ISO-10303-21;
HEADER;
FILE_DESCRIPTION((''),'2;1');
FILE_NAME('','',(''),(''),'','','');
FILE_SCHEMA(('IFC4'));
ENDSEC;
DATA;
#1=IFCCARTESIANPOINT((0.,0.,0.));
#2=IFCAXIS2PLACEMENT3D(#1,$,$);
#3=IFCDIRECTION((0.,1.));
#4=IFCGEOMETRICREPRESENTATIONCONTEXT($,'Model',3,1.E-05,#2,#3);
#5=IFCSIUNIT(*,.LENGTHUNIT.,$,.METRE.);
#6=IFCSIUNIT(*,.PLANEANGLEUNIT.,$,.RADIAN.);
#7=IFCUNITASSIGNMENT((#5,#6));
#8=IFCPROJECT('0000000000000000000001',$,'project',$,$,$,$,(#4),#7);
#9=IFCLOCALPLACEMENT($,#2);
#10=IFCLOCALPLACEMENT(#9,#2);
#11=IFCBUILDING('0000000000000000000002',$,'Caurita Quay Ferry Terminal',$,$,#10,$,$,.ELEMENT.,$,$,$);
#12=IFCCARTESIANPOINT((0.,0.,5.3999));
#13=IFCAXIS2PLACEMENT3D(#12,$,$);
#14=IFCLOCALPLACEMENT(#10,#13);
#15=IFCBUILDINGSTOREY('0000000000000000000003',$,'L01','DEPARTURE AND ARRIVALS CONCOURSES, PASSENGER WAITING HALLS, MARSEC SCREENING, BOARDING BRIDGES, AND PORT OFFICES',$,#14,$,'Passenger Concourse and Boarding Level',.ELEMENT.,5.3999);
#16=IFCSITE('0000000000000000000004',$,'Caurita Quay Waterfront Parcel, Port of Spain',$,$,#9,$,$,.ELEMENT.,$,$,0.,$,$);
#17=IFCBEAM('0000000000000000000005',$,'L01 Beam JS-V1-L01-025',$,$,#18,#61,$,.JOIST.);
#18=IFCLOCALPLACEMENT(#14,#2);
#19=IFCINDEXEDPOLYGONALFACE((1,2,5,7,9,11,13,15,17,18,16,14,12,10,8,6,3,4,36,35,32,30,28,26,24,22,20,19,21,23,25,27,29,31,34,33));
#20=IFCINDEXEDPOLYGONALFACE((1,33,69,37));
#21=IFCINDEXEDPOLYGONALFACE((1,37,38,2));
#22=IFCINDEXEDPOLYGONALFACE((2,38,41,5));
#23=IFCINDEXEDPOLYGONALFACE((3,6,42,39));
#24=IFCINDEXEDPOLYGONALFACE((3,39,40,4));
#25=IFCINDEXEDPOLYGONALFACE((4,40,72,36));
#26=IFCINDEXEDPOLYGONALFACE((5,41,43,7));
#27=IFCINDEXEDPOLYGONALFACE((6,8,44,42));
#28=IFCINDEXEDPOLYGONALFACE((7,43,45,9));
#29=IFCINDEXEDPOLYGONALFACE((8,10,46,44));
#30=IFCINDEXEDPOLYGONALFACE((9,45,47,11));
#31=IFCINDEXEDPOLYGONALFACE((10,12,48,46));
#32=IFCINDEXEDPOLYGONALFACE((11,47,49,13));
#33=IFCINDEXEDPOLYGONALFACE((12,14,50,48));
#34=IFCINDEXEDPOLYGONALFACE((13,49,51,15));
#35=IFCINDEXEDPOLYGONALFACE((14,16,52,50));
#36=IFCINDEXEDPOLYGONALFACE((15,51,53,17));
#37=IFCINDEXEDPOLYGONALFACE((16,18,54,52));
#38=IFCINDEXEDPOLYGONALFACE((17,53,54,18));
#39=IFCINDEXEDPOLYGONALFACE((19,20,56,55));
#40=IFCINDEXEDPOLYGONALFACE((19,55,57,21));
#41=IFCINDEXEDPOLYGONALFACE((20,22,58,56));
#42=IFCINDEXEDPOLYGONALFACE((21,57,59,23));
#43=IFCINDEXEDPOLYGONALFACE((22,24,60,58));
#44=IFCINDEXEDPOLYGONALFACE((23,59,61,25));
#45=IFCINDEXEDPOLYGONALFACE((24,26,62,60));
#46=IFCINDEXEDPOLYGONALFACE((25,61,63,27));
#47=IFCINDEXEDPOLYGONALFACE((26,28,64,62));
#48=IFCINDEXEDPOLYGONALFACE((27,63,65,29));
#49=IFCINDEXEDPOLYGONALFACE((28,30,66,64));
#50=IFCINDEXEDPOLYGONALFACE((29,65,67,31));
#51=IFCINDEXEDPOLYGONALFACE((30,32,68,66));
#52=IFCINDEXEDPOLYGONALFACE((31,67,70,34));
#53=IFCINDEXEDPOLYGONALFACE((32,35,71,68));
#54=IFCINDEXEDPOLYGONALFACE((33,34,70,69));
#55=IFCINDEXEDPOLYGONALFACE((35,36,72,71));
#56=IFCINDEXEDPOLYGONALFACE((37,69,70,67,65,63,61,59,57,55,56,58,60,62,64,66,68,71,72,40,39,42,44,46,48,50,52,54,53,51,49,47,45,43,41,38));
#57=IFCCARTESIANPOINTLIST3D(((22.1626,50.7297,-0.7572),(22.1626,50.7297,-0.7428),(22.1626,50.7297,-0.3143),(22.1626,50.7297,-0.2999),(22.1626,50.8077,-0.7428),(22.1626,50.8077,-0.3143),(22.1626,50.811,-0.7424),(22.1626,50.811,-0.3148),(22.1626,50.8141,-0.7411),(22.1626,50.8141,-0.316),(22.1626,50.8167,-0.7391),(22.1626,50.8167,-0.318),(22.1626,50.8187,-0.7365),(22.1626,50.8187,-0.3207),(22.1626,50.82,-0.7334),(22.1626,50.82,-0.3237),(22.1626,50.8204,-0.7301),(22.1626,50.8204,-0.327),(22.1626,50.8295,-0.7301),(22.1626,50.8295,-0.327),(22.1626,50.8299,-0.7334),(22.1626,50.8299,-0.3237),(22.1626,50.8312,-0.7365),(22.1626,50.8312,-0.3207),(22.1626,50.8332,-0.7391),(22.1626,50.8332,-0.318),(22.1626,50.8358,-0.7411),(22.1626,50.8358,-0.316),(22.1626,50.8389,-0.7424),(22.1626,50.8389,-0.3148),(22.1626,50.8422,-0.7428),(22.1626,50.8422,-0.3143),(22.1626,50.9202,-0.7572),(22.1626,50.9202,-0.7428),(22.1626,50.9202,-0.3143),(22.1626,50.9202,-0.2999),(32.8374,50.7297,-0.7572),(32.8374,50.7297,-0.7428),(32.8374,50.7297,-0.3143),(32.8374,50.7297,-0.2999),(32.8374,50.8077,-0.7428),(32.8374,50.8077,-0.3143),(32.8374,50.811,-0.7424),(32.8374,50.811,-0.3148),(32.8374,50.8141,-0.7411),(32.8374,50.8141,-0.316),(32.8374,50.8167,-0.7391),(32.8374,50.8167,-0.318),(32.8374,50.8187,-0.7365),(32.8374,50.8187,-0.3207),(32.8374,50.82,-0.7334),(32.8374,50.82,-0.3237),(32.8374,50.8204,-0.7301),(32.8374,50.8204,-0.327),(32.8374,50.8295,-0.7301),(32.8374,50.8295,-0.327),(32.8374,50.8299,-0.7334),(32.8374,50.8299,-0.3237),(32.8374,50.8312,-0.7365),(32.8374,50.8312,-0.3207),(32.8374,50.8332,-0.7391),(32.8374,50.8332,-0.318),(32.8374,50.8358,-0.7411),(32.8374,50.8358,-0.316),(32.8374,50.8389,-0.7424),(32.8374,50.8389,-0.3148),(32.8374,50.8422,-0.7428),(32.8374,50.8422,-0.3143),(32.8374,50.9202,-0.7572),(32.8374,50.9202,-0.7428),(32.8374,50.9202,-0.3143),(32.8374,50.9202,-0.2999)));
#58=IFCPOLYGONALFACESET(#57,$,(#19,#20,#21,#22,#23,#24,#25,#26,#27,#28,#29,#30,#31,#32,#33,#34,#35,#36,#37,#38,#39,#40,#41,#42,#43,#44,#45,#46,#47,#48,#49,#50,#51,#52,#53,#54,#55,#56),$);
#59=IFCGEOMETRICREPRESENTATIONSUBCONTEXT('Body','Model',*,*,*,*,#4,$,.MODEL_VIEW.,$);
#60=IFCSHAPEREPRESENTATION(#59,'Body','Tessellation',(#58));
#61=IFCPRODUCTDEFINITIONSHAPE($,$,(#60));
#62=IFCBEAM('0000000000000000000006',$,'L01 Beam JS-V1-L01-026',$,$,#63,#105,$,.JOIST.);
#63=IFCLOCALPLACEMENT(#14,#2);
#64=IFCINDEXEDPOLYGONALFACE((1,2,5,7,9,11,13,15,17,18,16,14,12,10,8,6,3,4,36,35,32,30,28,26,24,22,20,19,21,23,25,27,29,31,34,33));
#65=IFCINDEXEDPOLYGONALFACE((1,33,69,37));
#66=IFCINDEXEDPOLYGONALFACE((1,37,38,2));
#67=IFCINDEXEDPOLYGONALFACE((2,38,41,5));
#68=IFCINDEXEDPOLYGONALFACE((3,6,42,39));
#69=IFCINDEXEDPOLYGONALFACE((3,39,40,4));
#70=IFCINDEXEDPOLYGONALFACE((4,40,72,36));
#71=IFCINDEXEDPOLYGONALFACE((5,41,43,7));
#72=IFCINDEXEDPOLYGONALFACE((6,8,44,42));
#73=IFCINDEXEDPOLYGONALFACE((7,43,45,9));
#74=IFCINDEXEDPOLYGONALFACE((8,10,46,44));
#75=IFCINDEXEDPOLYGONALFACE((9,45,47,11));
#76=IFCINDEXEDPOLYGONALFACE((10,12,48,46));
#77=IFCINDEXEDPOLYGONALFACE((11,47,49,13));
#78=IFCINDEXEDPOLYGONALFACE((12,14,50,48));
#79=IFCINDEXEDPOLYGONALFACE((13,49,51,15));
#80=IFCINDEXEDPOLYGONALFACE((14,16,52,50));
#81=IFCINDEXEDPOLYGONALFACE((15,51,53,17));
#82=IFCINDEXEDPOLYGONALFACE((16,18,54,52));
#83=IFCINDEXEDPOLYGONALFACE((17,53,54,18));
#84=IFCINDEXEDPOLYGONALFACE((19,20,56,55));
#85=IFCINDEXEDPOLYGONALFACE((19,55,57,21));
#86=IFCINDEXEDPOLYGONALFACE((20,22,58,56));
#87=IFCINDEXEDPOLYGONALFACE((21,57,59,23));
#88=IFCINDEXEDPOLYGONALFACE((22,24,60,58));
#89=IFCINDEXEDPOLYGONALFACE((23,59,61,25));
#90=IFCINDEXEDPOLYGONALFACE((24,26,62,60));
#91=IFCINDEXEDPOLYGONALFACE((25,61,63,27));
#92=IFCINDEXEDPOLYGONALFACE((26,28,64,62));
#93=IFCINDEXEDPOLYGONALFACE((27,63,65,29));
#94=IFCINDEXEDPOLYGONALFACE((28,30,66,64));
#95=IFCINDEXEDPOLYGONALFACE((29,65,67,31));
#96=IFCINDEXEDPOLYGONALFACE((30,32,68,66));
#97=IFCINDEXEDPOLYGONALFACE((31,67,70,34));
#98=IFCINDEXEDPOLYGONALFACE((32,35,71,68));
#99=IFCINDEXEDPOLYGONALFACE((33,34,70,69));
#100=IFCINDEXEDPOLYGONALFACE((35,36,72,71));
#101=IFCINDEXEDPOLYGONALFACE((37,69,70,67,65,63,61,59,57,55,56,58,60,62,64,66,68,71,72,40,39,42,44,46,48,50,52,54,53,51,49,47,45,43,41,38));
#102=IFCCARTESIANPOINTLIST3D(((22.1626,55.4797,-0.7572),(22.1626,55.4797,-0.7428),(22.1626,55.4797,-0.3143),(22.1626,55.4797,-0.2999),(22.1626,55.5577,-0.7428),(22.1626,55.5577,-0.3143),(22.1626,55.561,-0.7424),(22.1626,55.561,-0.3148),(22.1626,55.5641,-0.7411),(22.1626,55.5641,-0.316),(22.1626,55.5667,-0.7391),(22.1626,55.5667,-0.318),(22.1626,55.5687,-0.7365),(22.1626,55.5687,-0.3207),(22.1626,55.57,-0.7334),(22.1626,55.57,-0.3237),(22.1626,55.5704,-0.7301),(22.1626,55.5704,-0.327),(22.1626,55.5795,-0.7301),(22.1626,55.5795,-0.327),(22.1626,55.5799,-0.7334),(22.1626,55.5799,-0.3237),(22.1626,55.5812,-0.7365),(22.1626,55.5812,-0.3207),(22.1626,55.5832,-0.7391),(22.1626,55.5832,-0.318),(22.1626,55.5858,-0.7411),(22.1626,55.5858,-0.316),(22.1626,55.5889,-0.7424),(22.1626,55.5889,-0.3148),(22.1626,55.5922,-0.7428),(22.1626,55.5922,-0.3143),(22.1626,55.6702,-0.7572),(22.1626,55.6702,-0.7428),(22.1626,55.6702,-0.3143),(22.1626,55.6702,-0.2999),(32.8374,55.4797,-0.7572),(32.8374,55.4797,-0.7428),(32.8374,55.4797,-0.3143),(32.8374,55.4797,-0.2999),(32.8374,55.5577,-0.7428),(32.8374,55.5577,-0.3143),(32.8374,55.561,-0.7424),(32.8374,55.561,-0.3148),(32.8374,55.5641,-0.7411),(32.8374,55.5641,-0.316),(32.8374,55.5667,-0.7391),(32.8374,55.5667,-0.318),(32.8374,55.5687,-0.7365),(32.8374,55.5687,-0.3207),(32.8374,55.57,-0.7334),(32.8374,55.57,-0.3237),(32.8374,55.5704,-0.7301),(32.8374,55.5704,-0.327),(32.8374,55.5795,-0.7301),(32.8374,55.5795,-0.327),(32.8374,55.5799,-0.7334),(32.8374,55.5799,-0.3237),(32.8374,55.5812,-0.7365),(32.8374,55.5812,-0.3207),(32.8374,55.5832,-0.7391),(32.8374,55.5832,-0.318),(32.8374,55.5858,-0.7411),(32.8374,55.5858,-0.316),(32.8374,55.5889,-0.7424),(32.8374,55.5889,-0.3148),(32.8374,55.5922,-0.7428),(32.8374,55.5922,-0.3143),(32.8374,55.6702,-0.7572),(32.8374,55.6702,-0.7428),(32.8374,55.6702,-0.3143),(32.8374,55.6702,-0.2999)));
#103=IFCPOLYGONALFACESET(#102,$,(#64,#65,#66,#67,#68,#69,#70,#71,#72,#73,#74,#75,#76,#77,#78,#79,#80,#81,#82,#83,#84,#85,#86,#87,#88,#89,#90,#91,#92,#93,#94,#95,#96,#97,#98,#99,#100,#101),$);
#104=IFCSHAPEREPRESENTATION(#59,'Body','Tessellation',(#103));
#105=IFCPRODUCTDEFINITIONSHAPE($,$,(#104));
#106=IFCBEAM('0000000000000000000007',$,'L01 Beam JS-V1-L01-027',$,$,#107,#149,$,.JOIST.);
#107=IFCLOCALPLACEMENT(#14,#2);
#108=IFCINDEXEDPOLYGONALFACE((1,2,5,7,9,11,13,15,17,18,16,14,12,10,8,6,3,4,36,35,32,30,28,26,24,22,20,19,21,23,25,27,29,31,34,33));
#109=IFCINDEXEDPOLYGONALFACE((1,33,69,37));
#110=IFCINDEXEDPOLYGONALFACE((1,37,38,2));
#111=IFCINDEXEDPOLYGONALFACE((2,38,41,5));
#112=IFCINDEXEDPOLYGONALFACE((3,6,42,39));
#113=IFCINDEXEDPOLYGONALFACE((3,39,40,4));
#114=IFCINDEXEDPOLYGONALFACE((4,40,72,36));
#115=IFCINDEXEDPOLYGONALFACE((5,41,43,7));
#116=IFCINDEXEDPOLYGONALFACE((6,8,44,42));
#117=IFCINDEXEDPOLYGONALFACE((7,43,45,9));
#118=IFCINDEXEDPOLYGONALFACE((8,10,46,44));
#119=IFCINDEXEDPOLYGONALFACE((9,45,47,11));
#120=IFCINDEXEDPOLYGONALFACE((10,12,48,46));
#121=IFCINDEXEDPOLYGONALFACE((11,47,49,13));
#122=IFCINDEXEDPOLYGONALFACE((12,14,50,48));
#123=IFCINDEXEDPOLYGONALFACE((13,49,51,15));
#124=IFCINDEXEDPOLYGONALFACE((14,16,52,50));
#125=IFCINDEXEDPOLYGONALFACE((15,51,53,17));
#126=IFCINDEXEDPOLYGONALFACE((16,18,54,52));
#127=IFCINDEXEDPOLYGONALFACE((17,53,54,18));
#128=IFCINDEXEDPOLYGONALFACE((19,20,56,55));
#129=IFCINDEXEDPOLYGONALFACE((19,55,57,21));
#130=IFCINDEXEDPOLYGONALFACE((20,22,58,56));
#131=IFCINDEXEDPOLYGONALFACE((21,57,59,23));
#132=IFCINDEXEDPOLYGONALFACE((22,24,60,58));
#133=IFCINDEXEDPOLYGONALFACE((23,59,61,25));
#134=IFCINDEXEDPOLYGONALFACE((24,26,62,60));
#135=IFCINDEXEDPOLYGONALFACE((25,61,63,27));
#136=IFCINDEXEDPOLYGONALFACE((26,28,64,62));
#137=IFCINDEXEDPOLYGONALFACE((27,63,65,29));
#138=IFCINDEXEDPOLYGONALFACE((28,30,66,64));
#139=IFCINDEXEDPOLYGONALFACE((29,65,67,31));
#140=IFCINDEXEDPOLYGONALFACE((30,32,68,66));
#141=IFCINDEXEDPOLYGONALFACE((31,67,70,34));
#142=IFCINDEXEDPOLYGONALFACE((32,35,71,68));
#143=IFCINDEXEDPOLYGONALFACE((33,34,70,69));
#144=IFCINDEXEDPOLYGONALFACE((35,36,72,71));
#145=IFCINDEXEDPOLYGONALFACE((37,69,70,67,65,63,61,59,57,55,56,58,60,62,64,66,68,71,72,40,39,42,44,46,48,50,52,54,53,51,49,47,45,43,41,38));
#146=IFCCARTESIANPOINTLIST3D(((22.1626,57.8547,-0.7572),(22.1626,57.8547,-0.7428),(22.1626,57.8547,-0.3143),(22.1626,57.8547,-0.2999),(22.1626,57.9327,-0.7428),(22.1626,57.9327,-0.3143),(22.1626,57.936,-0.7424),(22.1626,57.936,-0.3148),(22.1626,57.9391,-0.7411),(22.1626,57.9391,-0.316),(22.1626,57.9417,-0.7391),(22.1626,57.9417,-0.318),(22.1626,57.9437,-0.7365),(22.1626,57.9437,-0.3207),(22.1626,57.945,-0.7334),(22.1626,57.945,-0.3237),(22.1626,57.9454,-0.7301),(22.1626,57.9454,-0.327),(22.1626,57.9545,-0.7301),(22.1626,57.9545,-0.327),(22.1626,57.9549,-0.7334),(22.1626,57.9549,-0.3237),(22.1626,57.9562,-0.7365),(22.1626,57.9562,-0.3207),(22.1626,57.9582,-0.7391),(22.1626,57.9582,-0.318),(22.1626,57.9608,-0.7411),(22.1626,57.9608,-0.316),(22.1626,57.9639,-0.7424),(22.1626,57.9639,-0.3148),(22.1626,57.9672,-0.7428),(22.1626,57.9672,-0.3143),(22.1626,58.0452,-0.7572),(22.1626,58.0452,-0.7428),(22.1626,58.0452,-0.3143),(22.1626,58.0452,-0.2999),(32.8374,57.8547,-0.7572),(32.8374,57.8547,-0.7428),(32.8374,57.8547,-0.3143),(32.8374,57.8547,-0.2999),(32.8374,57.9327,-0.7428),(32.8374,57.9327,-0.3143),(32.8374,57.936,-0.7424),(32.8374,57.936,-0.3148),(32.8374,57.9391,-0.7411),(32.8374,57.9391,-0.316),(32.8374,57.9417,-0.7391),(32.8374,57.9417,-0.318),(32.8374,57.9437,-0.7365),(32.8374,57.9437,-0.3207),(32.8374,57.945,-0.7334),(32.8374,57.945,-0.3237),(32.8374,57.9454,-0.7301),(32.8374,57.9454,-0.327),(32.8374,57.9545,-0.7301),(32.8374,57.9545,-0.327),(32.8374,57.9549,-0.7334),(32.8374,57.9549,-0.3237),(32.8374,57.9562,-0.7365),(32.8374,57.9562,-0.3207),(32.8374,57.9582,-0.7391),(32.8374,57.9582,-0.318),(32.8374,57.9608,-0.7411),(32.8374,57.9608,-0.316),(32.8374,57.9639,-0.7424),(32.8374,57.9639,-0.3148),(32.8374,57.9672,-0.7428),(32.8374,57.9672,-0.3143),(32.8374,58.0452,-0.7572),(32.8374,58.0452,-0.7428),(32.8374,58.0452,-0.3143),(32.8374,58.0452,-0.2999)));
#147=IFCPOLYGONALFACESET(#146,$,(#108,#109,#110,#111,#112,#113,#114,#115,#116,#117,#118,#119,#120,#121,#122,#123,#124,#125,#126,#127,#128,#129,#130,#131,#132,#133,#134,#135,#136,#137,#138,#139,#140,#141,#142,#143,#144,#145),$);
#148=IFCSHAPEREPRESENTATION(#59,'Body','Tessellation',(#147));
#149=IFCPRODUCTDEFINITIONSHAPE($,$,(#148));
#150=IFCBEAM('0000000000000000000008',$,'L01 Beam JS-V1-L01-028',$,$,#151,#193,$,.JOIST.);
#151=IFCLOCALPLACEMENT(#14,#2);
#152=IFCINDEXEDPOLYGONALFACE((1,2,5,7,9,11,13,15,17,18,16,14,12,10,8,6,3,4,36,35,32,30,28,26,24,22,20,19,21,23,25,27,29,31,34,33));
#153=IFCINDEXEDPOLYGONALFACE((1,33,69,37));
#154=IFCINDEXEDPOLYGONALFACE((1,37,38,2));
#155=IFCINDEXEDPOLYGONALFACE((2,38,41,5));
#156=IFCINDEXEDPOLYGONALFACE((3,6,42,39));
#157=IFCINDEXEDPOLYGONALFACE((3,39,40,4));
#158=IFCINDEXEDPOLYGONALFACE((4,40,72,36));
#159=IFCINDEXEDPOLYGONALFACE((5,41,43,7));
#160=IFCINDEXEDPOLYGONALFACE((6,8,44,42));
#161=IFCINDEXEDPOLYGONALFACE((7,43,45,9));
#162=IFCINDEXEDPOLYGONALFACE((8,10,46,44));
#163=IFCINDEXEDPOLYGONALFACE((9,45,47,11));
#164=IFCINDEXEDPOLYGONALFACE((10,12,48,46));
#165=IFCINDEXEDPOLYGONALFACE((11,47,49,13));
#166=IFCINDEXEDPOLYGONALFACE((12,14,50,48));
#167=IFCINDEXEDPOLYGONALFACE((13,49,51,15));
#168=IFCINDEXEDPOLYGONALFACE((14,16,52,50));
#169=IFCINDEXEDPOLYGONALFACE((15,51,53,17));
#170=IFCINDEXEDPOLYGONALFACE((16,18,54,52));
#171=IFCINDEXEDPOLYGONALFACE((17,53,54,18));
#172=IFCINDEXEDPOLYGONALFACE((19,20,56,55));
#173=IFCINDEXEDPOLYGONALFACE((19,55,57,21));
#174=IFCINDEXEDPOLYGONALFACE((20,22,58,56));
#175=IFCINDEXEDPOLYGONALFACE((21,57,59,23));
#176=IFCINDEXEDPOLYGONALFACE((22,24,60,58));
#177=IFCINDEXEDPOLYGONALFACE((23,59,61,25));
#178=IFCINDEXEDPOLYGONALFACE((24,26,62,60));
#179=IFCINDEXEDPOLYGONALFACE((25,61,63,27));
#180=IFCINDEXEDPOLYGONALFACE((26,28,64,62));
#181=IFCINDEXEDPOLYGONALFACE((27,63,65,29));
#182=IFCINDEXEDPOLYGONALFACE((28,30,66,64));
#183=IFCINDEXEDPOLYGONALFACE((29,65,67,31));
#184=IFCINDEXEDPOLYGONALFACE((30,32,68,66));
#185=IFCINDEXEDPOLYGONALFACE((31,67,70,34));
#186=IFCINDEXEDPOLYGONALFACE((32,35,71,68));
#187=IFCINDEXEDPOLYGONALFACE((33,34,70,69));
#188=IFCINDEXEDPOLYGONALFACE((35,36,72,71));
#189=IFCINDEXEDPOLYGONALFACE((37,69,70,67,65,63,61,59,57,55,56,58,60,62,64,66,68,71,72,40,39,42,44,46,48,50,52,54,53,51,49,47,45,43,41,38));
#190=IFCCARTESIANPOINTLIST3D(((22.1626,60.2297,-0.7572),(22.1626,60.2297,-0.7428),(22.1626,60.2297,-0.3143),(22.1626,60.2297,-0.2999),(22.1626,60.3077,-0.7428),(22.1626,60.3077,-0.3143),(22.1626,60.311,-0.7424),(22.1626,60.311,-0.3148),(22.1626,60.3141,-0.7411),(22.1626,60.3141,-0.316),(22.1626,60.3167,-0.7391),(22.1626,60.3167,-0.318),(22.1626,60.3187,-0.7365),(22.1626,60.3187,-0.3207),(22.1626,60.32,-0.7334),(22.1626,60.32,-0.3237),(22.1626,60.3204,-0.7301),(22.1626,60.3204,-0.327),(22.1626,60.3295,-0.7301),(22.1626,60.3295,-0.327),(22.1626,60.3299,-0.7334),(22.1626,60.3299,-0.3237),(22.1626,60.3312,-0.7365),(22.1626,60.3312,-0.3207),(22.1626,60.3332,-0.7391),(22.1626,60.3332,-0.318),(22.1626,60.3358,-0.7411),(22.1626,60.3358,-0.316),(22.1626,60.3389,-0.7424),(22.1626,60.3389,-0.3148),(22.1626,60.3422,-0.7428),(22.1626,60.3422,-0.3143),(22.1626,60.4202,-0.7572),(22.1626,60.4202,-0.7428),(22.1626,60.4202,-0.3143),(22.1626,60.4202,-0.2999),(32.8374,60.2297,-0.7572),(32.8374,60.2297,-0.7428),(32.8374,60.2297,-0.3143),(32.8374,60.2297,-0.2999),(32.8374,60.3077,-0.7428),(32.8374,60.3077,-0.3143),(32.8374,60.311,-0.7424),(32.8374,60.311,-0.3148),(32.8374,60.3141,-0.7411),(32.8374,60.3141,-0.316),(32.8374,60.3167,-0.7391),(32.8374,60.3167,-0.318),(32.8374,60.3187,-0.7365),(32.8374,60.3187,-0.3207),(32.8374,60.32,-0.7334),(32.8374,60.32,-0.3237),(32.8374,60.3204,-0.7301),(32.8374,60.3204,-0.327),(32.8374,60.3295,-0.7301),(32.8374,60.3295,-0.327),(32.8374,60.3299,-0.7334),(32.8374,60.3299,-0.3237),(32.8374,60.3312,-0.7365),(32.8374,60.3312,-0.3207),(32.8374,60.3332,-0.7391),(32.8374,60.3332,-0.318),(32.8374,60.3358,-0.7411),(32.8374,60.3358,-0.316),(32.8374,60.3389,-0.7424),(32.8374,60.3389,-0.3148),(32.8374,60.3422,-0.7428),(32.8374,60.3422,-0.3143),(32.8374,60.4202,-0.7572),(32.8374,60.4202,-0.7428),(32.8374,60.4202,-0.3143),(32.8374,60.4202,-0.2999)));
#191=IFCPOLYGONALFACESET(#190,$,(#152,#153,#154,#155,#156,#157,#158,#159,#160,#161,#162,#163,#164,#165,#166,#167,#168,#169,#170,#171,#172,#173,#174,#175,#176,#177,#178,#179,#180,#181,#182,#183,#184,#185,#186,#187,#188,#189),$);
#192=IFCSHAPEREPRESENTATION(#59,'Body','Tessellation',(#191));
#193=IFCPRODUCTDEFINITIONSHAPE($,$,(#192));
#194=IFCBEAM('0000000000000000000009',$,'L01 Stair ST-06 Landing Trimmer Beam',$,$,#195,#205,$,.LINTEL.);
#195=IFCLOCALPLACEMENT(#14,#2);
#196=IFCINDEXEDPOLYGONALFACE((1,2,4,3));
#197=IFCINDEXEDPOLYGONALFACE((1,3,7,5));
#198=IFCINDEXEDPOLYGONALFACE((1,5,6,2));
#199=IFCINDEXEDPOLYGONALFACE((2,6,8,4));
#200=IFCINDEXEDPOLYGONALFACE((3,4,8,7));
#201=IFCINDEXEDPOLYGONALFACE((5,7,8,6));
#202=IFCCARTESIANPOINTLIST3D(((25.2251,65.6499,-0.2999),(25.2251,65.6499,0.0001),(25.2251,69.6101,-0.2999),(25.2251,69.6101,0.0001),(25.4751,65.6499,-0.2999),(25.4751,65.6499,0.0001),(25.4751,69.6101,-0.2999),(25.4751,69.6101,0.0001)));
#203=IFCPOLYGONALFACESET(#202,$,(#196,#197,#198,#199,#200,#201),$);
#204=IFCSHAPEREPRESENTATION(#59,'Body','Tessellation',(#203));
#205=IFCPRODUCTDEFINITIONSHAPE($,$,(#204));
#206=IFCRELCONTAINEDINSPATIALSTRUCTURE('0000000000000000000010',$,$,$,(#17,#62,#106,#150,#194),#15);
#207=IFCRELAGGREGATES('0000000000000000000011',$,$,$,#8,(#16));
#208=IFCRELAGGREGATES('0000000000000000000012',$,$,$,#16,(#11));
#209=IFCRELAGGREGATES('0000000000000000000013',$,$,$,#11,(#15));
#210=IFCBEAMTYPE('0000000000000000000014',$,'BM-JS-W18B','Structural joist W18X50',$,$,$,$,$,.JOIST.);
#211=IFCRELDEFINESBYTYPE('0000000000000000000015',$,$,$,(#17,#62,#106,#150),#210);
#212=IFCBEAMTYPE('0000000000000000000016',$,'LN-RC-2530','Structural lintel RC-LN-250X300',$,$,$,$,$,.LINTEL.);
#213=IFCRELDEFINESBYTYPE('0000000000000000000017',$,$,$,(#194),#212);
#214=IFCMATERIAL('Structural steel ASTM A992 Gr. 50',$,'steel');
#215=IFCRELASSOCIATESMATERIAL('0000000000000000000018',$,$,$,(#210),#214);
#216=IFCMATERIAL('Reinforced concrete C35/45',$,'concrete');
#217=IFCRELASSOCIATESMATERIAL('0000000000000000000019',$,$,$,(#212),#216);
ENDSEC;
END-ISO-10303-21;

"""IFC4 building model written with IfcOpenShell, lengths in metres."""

from ifc_helpers import new_model, si_unit, direction, frame, origin, origin_2d, place, context, subcontext, project, spatial, rectangle, i_section, extrude, material, material_profile, profile_set, type_object, element, save


model = new_model("IFC4")

# Units and contexts
model_context = context("Model", 3, precision=1e-05, world=origin(), true_north=direction((0.0, 1.0)))
body_context = subcontext(model_context, "Body", "Model", "MODEL_VIEW")
ifc_project = project(units=[si_unit("LENGTHUNIT", "METRE"), si_unit("PLANEANGLEUNIT", "RADIAN")], contexts=[model_context])

# Site, building, storey
site_placement = place(None, origin())
site = spatial("IfcSite", under=ifc_project, at=site_placement, Name="Caurita Quay Waterfront Parcel, Port of Spain", CompositionType="ELEMENT", RefElevation=0.0)
building_placement = place(site_placement, origin())
building = spatial("IfcBuilding", under=site, at=building_placement, Name="Caurita Quay Ferry Terminal", CompositionType="ELEMENT")
storey_placement = place(building_placement, frame((0.0, 0.0, 5.3999)))
storey = spatial("IfcBuildingStorey", under=building, at=storey_placement, Name="L01", Description="DEPARTURE AND ARRIVALS CONCOURSES, PASSENGER WAITING HALLS, MARSEC SCREENING, BOARDING BRIDGES, AND PORT OFFICES", LongName="Passenger Concourse and Boarding Level", CompositionType="ELEMENT", Elevation=5.3999)

# Beams
ifc_material_1 = material(Name="Structural steel ASTM A992 Gr. 50", Category="steel")
ifc_material_profile_1 = material_profile(ifc_material_1, i_section(OverallWidth=0.1904, OverallDepth=0.4573, WebThickness=0.009, FlangeThickness=0.0144, FilletRadius=0.0127, at=origin_2d()), Name="W18X50")
ifc_profile_set_1 = profile_set([ifc_material_profile_1], Name="Structural steel ASTM A992 Gr. 50")
beam_type_1 = type_object("IfcBeamType", Name="BM-JS-W18B", Description="Structural joist W18X50", PredefinedType="JOIST", material=ifc_profile_set_1)
for number, where, z_axis, x_axis, name in (
    (1, (22.1626, 50.825, -0.5286), (1.0, 0.0, 0.0), (0.0, 1.0, 0.0), "L01 Beam JS-V1-L01-025"),
    (2, (22.1626, 55.575, -0.5286), (1.0, 0.0, 0.0), (0.0, 1.0, 0.0), "L01 Beam JS-V1-L01-026"),
    (3, (22.1626, 57.95, -0.5286), (1.0, 0.0, 0.0), (0.0, 1.0, 0.0), "L01 Beam JS-V1-L01-027"),
    (4, (22.1626, 60.325, -0.5286), (1.0, 0.0, 0.0), (0.0, 1.0, 0.0), "L01 Beam JS-V1-L01-028"),
):
    element("IfcBeam", number, at=place(storey_placement, frame(where, z_axis=z_axis, x_axis=x_axis)), inside=storey, type_object=beam_type_1, Name=name, PredefinedType="JOIST", context=body_context, shape_type="SweptSolid", body=[
        extrude(i_section(OverallWidth=0.1904, OverallDepth=0.4573, WebThickness=0.009, FlangeThickness=0.0144, FilletRadius=0.0127, at=origin_2d()), origin(), (0.0, 0.0, 1.0), 10.6748),
    ])
ifc_material_2 = material(Name="Reinforced concrete C35/45", Category="concrete")
ifc_material_profile_2 = material_profile(ifc_material_2, rectangle(XDim=0.25, YDim=0.3, at=origin_2d()), Name="RC-LN-250X300")
ifc_profile_set_2 = profile_set([ifc_material_profile_2], Name="Reinforced concrete C35/45")
beam_type_2 = type_object("IfcBeamType", Name="LN-RC-2530", Description="Structural lintel RC-LN-250X300", PredefinedType="LINTEL", material=ifc_profile_set_2)
beam_1_placement = place(storey_placement, frame((25.3501, 65.6499, -0.1499), z_axis=(0.0, 1.0, 0.0), x_axis=(-1.0, 0.0, 0.0)))
element("IfcBeam", 5, at=beam_1_placement, inside=storey, type_object=beam_type_2, Name="L01 Stair ST-06 Landing Trimmer Beam", PredefinedType="LINTEL", context=body_context, shape_type="SweptSolid", body=[
    extrude(rectangle(XDim=0.25, YDim=0.3, at=origin_2d()), origin(), (0.0, 0.0, 1.0), 3.9602),
])

save(model, "model.ifc")
